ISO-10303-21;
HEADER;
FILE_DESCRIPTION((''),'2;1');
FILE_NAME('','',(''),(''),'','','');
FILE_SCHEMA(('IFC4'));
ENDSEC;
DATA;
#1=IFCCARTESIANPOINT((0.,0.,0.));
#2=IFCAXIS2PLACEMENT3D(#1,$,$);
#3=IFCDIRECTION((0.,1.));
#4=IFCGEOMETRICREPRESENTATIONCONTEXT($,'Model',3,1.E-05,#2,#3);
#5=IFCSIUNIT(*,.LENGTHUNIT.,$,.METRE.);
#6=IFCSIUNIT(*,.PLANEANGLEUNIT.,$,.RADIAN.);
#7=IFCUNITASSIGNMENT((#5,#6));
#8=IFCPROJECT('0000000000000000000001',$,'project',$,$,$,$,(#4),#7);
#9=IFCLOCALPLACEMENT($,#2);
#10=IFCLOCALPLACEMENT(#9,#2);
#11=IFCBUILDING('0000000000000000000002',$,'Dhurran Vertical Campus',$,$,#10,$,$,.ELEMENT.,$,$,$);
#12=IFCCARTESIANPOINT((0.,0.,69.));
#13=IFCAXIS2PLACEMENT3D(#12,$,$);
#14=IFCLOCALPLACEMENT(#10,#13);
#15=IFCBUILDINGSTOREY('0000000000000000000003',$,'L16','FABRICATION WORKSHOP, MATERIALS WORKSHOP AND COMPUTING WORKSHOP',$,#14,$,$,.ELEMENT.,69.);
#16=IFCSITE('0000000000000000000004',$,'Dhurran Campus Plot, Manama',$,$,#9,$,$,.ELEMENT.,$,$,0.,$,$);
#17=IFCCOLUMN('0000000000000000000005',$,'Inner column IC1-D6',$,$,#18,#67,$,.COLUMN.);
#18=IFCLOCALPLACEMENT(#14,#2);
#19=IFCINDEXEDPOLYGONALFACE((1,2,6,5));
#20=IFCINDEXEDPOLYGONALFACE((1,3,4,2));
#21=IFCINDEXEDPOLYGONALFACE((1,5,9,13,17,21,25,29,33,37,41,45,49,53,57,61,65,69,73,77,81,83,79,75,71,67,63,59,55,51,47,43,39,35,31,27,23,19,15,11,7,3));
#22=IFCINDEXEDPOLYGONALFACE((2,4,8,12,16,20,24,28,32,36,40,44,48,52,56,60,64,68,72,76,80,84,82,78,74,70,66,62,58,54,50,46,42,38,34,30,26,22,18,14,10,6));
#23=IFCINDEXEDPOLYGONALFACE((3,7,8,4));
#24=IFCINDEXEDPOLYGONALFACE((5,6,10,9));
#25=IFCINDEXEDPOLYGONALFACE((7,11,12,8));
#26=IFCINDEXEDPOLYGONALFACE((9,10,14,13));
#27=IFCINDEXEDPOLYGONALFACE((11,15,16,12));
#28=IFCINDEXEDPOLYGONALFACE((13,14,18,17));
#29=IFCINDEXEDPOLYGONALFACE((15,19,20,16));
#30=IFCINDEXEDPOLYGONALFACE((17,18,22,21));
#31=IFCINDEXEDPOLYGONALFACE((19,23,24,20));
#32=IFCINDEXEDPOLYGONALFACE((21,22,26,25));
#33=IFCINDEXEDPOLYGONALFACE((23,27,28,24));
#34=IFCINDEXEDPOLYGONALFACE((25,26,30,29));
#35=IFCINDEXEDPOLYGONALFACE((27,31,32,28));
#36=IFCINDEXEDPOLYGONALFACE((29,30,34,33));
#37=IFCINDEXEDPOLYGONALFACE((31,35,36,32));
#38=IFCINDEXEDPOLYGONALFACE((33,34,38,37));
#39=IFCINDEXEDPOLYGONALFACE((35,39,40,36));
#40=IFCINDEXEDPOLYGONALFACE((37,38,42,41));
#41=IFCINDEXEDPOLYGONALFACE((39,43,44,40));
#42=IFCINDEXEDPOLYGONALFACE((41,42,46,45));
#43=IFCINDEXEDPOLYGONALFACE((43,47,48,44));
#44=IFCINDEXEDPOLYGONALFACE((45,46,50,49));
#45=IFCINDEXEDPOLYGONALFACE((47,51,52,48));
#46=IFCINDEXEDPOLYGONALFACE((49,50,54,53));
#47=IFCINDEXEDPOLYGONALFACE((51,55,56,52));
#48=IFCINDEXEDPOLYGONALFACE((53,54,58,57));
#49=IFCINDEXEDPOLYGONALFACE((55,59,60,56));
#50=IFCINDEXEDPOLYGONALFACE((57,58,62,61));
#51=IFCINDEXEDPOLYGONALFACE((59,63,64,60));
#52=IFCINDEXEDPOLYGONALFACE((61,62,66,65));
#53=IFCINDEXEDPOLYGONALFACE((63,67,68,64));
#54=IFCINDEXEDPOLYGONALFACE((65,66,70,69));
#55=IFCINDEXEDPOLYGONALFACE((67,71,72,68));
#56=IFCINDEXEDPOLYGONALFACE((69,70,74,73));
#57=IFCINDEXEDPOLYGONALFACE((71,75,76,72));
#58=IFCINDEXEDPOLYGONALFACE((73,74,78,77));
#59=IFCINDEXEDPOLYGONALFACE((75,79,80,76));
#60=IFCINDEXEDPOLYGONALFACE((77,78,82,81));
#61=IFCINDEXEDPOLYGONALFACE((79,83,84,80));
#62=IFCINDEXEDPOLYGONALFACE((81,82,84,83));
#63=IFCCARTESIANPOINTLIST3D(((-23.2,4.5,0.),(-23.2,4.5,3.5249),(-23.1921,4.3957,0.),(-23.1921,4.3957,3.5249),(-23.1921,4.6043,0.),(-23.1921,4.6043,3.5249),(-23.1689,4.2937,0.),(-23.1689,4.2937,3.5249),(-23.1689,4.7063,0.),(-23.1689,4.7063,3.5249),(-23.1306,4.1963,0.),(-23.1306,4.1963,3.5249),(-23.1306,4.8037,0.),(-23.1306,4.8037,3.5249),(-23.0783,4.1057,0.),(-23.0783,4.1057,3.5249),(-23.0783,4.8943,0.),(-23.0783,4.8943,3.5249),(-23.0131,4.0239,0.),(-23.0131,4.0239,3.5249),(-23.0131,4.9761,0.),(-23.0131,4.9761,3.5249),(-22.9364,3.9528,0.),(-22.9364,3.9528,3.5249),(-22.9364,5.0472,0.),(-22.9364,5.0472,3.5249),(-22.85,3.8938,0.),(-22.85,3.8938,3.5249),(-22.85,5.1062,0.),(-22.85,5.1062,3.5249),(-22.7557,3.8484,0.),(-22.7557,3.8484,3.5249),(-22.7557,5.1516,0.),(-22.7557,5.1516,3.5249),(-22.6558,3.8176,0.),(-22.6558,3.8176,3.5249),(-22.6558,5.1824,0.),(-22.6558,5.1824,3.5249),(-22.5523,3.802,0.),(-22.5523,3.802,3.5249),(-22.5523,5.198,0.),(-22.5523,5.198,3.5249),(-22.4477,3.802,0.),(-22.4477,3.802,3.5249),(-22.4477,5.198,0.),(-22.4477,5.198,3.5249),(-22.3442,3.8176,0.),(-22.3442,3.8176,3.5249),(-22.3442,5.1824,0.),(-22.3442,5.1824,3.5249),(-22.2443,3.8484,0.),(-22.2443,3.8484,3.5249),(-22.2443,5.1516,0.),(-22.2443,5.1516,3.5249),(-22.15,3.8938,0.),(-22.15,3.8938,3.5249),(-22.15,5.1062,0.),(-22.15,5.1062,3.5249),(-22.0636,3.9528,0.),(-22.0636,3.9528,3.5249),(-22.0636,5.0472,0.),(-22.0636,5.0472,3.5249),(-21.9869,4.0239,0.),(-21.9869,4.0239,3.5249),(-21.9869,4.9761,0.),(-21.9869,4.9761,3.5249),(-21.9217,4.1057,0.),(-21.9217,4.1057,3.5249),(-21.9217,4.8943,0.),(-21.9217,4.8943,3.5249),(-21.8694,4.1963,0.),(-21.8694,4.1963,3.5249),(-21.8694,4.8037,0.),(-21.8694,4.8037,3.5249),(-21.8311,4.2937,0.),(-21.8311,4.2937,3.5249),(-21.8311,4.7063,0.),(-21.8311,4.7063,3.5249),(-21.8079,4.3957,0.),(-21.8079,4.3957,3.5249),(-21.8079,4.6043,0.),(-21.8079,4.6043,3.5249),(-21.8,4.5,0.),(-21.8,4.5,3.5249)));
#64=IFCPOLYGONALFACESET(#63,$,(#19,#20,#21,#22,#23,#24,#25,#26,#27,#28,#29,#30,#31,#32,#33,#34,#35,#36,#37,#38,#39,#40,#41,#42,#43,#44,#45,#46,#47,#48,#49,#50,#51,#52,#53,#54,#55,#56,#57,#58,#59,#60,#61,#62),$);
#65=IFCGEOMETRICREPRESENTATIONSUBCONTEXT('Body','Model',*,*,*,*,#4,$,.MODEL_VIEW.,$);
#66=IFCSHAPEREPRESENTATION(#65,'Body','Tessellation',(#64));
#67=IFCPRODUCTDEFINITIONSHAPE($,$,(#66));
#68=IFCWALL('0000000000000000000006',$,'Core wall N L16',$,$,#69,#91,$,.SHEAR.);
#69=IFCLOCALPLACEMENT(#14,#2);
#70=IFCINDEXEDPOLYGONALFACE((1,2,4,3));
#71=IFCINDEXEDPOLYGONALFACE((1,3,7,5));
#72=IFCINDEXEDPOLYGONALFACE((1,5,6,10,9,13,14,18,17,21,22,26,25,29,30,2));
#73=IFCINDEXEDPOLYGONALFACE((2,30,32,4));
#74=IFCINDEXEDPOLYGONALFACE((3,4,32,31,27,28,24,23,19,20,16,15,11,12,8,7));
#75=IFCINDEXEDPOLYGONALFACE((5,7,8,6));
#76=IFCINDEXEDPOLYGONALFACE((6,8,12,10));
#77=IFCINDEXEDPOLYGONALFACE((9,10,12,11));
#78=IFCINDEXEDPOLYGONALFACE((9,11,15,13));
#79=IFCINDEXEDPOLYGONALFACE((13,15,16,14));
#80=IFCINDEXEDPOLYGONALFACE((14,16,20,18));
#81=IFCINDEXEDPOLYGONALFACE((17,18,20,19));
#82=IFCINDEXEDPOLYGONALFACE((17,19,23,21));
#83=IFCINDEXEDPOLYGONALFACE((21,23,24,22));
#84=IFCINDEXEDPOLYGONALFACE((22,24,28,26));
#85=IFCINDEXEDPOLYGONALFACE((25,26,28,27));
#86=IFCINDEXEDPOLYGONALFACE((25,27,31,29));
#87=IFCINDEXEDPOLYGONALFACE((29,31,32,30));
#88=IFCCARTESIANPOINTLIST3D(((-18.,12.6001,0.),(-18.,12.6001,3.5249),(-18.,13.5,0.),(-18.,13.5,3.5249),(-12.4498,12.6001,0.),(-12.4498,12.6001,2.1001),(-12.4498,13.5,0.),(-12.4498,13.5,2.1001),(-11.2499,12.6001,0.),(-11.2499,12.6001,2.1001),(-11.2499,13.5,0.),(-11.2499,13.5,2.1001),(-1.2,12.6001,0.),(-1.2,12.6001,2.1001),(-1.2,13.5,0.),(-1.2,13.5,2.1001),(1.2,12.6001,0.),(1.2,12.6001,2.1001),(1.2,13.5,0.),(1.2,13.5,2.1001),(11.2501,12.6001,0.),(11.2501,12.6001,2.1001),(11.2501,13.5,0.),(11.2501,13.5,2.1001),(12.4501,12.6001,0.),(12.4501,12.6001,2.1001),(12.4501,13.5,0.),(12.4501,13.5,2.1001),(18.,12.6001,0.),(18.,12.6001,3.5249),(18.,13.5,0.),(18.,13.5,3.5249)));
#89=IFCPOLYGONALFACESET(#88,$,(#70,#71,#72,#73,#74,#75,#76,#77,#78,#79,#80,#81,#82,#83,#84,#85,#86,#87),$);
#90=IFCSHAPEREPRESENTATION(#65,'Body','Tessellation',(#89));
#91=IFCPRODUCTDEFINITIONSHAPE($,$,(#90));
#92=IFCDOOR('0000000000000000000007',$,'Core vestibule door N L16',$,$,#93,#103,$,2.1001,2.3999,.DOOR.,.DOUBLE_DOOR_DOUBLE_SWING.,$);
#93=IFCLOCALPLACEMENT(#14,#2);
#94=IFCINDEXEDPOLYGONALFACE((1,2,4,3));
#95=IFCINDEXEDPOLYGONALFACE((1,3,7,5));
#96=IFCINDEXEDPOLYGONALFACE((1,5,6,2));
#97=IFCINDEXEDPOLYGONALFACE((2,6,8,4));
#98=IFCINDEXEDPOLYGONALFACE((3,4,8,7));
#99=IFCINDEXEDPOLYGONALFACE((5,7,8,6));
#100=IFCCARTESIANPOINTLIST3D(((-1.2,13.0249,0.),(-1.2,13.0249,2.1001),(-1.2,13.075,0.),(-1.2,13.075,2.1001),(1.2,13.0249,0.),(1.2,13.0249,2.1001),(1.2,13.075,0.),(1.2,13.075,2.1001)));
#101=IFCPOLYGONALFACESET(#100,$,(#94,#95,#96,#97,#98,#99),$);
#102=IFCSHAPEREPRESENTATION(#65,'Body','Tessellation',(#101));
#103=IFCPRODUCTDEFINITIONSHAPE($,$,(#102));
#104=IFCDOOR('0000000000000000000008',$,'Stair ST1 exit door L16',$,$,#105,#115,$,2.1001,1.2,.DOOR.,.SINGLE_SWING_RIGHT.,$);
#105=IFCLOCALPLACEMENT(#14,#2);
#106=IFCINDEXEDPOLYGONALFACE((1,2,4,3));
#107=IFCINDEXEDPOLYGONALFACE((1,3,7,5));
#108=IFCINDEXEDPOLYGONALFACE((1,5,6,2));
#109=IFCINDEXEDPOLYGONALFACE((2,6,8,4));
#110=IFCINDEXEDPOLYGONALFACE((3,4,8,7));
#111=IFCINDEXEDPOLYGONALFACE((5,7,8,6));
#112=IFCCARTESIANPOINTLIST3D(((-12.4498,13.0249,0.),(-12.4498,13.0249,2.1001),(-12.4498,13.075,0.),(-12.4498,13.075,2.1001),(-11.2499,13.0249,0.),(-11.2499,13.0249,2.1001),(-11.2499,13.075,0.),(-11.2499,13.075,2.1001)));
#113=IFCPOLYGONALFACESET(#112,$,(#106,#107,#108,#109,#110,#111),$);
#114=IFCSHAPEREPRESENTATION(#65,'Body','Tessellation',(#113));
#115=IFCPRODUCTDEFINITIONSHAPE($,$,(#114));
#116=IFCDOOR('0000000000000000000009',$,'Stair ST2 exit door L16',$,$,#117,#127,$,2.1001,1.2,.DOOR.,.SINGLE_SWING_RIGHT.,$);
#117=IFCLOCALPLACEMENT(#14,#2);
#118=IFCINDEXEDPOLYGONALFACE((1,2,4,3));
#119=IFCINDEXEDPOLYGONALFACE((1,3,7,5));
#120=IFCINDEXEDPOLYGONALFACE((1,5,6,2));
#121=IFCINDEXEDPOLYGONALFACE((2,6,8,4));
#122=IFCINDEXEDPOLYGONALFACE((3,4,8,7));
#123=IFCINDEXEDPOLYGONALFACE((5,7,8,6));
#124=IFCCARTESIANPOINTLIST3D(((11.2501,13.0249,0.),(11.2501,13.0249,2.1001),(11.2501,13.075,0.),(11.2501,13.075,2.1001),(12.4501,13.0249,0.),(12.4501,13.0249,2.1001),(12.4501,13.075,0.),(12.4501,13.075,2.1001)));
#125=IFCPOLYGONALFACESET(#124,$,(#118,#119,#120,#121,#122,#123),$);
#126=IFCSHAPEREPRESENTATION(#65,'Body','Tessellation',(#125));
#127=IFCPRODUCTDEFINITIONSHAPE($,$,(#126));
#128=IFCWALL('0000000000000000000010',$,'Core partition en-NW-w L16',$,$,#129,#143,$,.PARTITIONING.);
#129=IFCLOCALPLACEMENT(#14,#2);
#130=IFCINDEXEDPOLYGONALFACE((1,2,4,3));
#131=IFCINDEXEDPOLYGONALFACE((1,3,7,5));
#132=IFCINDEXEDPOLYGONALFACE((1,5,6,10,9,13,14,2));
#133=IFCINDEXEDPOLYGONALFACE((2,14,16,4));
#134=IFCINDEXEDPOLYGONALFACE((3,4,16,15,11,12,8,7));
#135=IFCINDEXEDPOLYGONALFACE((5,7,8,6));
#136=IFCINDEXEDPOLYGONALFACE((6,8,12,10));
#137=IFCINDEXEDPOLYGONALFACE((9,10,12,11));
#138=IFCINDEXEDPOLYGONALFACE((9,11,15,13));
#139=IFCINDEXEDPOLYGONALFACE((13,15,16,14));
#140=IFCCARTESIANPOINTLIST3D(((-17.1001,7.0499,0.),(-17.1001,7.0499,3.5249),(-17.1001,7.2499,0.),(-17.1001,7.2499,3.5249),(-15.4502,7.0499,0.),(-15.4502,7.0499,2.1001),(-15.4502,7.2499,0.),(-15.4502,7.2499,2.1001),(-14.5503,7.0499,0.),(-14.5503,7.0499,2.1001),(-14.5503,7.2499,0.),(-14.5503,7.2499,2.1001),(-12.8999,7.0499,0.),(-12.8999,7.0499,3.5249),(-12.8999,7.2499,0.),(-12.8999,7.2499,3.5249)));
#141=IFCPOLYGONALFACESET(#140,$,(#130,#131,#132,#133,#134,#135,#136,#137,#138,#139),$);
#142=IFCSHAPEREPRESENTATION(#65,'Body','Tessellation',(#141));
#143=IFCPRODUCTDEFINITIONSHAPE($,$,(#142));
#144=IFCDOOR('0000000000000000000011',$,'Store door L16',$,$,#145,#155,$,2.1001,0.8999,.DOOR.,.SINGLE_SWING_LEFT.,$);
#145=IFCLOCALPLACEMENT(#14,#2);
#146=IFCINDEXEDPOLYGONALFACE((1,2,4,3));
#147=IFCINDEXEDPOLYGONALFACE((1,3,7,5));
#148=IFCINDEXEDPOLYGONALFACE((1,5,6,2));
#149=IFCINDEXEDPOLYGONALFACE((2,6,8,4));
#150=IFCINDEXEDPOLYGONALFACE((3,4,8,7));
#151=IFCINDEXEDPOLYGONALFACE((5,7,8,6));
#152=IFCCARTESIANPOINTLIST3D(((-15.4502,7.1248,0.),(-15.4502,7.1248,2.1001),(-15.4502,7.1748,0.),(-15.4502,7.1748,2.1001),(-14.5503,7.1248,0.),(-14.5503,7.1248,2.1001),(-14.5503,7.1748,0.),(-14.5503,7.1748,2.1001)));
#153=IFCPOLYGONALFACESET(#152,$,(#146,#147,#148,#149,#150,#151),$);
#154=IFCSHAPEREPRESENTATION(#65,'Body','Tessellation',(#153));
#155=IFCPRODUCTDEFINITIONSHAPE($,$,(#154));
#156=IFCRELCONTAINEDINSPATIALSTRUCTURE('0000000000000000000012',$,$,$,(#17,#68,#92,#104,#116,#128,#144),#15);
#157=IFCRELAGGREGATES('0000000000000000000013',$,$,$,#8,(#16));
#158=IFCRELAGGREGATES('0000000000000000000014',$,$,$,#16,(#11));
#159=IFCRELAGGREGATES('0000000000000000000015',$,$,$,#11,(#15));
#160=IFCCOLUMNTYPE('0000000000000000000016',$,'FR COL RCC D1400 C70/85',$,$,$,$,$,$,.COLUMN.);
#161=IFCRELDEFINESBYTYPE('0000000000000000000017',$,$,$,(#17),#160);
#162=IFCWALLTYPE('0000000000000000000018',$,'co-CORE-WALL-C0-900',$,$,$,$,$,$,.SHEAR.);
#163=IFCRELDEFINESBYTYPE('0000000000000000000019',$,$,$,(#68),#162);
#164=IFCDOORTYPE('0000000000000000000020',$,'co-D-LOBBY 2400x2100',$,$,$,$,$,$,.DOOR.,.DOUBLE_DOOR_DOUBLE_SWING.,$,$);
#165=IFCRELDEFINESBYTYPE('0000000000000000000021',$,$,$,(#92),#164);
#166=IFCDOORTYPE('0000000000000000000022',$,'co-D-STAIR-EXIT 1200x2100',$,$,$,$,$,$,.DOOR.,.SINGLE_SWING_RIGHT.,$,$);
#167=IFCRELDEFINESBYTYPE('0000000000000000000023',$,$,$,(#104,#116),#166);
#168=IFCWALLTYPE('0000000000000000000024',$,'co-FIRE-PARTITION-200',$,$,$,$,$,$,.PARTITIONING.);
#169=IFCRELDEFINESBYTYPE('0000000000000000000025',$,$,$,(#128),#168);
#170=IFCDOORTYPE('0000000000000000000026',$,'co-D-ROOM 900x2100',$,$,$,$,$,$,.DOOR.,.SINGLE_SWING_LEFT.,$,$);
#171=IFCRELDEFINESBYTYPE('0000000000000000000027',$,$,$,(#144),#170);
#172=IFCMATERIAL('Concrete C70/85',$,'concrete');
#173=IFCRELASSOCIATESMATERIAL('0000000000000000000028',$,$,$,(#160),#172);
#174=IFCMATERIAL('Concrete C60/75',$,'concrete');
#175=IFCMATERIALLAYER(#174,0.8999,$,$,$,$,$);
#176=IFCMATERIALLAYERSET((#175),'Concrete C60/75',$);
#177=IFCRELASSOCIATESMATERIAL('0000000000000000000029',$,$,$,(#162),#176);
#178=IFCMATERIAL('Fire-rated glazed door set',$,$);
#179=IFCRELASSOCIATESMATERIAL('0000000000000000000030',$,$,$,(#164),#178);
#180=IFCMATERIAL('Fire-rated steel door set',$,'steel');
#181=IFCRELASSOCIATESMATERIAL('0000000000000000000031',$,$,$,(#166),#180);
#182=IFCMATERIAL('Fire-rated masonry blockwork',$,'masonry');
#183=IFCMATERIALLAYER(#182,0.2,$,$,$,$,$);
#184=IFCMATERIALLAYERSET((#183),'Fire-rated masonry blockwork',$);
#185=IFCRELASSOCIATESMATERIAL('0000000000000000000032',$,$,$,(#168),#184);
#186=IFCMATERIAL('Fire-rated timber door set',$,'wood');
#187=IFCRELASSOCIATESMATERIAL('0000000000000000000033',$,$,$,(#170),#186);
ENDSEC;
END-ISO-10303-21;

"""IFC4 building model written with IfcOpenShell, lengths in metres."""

from ifc_helpers import new_model, si_unit, direction, frame, frame_2d, origin, origin_2d, place, context, subcontext, project, spatial, rectangle, circle, extrude, material, layer, layer_set, material_profile, profile_set, type_object, element, fill, save


model = new_model("IFC4")

# Units and contexts
model_context = context("Model", 3, precision=1e-05, world=origin(), true_north=direction((0.0, 1.0)))
body_context = subcontext(model_context, "Body", "Model", "MODEL_VIEW")
ifc_project = project(units=[si_unit("LENGTHUNIT", "METRE"), si_unit("PLANEANGLEUNIT", "RADIAN")], contexts=[model_context])

# Site, building, storey
site_placement = place(None, origin())
site = spatial("IfcSite", under=ifc_project, at=site_placement, Name="Dhurran Campus Plot, Manama", CompositionType="ELEMENT", RefElevation=0.0)
building_placement = place(site_placement, origin())
building = spatial("IfcBuilding", under=site, at=building_placement, Name="Dhurran Vertical Campus", CompositionType="ELEMENT")
storey_placement = place(building_placement, frame((0.0, 0.0, 69.0)))
storey = spatial("IfcBuildingStorey", under=building, at=storey_placement, Name="L16", Description="FABRICATION WORKSHOP, MATERIALS WORKSHOP AND COMPUTING WORKSHOP", CompositionType="ELEMENT", Elevation=69.0)

# Column
ifc_material_1 = material(Name="Concrete C70/85", Category="concrete")
ifc_material_profile = material_profile(ifc_material_1, circle(Radius=0.7, at=origin_2d()), Name="RCC D1400")
ifc_profile_set = profile_set([ifc_material_profile], Name="Concrete C70/85")
column_type = type_object("IfcColumnType", Name="FR COL RCC D1400 C70/85", PredefinedType="COLUMN", material=ifc_profile_set)
column_placement = place(storey_placement, frame((-22.5, 4.5, 0.0), z_axis=(0.0, 0.0, 1.0), x_axis=(1.0, 0.0, 0.0)))
element("IfcColumn", 1, at=column_placement, inside=storey, type_object=column_type, Name="Inner column IC1-D6", PredefinedType="COLUMN", context=body_context, shape_type="SweptSolid", body=[
    extrude(circle(Radius=0.7, at=origin_2d()), origin(), (0.0, 0.0, 1.0), 3.5249),
])

# Wall, openings, doors
ifc_material_2 = material(Name="Concrete C60/75", Category="concrete")
ifc_layer_1 = layer(ifc_material_2, 0.8999)
ifc_layer_set_1 = layer_set([ifc_layer_1], Name="Concrete C60/75")
wall_type_1 = type_object("IfcWallType", Name="co-CORE-WALL-C0-900", PredefinedType="SHEAR", material=ifc_layer_set_1)
wall_1_placement = place(storey_placement, frame((-18.0, 13.05, 0.0), z_axis=(0.0, 0.0, 1.0), x_axis=(1.0, 0.0, 0.0)))
wall_1 = element("IfcWall", 2, at=wall_1_placement, inside=storey, type_object=wall_type_1, Name="Core wall N L16", PredefinedType="SHEAR", context=body_context, shape_type="SweptSolid", body=[
    extrude(rectangle(XDim=36.0, YDim=0.8999, at=frame_2d((18.0, 0.0))), origin(), (0.0, 0.0, 1.0), 3.5249),
])
opening_1_placement = place(wall_1_placement, frame((16.8, 0.0, 0.0)))
opening_1 = element("IfcOpeningElement", 3, at=opening_1_placement, cuts=wall_1, PredefinedType="OPENING", context=body_context, shape_type="SweptSolid", body=[
    extrude(rectangle(XDim=2.3999, YDim=2.1001, at=frame_2d((1.2, 1.05))), frame((0.0, 0.46, 0.0), z_axis=(0.0, -1.0, 0.0), x_axis=(1.0, 0.0, 0.0)), (0.0, 0.0, 1.0), 0.9199),
])
opening_2_placement = place(wall_1_placement, frame((5.55, 0.0, 0.0)))
opening_2 = element("IfcOpeningElement", 4, at=opening_2_placement, cuts=wall_1, PredefinedType="OPENING", context=body_context, shape_type="SweptSolid", body=[
    extrude(rectangle(XDim=1.2, YDim=2.1001, at=frame_2d((0.6001, 1.05))), frame((0.0, 0.46, 0.0), z_axis=(0.0, -1.0, 0.0), x_axis=(1.0, 0.0, 0.0)), (0.0, 0.0, 1.0), 0.9199),
])
opening_3_placement = place(wall_1_placement, frame((29.25, 0.0, 0.0)))
opening_3 = element("IfcOpeningElement", 5, at=opening_3_placement, cuts=wall_1, PredefinedType="OPENING", context=body_context, shape_type="SweptSolid", body=[
    extrude(rectangle(XDim=1.2, YDim=2.1001, at=frame_2d((0.6001, 1.05))), frame((0.0, 0.46, 0.0), z_axis=(0.0, -1.0, 0.0), x_axis=(1.0, 0.0, 0.0)), (0.0, 0.0, 1.0), 0.9199),
])
ifc_material_3 = material(Name="Fire-rated glazed door set")
door_type_1 = type_object("IfcDoorType", Name="co-D-LOBBY 2400x2100", OperationType="DOUBLE_DOOR_DOUBLE_SWING", PredefinedType="DOOR", material=ifc_material_3)
door_1_placement = place(opening_1_placement, origin())
door_1 = element("IfcDoor", 6, at=door_1_placement, inside=storey, type_object=door_type_1, Name="Core vestibule door N L16", OperationType="DOUBLE_DOOR_DOUBLE_SWING", OverallHeight=2.1001, OverallWidth=2.3999, PredefinedType="DOOR", context=body_context, shape_type="SweptSolid", body=[
    extrude(rectangle(XDim=2.3999, YDim=2.1001, at=frame_2d((1.2, 1.05))), frame((0.0, 0.0249, 0.0), z_axis=(0.0, -1.0, 0.0), x_axis=(1.0, 0.0, 0.0)), (0.0, 0.0, 1.0), 0.05),
])
fill(opening_1, door_1)
ifc_material_4 = material(Name="Fire-rated steel door set", Category="steel")
door_type_2 = type_object("IfcDoorType", Name="co-D-STAIR-EXIT 1200x2100", OperationType="SINGLE_SWING_RIGHT", PredefinedType="DOOR", material=ifc_material_4)
door_2_placement = place(opening_2_placement, origin())
door_2 = element("IfcDoor", 7, at=door_2_placement, inside=storey, type_object=door_type_2, Name="Stair ST1 exit door L16", OperationType="SINGLE_SWING_RIGHT", OverallHeight=2.1001, OverallWidth=1.2, PredefinedType="DOOR", context=body_context, shape_type="SweptSolid", body=[
    extrude(rectangle(XDim=1.2, YDim=2.1001, at=frame_2d((0.6001, 1.05))), frame((0.0, 0.0249, 0.0), z_axis=(0.0, -1.0, 0.0), x_axis=(1.0, 0.0, 0.0)), (0.0, 0.0, 1.0), 0.05),
])
fill(opening_2, door_2)
door_3_placement = place(opening_3_placement, origin())
door_3 = element("IfcDoor", 8, at=door_3_placement, inside=storey, type_object=door_type_2, Name="Stair ST2 exit door L16", OperationType="SINGLE_SWING_RIGHT", OverallHeight=2.1001, OverallWidth=1.2, PredefinedType="DOOR", context=body_context, shape_type="SweptSolid", body=[
    extrude(rectangle(XDim=1.2, YDim=2.1001, at=frame_2d((0.6001, 1.05))), frame((0.0, 0.0249, 0.0), z_axis=(0.0, -1.0, 0.0), x_axis=(1.0, 0.0, 0.0)), (0.0, 0.0, 1.0), 0.05),
])
fill(opening_3, door_3)

# Wall, opening, door
ifc_material_5 = material(Name="Fire-rated masonry blockwork", Category="masonry")
ifc_layer_2 = layer(ifc_material_5, 0.2)
ifc_layer_set_2 = layer_set([ifc_layer_2], Name="Fire-rated masonry blockwork")
wall_type_2 = type_object("IfcWallType", Name="co-FIRE-PARTITION-200", PredefinedType="PARTITIONING", material=ifc_layer_set_2)
wall_2_placement = place(storey_placement, frame((-17.1001, 7.1499, 0.0), z_axis=(0.0, 0.0, 1.0), x_axis=(1.0, 0.0, 0.0)))
wall_2 = element("IfcWall", 9, at=wall_2_placement, inside=storey, type_object=wall_type_2, Name="Core partition en-NW-w L16", PredefinedType="PARTITIONING", context=body_context, shape_type="SweptSolid", body=[
    extrude(rectangle(XDim=4.2002, YDim=0.2, at=frame_2d((2.1001, 0.0))), origin(), (0.0, 0.0, 1.0), 3.5249),
])
opening_4_placement = place(wall_2_placement, frame((1.6499, 0.0, 0.0)))
opening_4 = element("IfcOpeningElement", 10, at=opening_4_placement, cuts=wall_2, PredefinedType="OPENING", context=body_context, shape_type="SweptSolid", body=[
    extrude(rectangle(XDim=0.8999, YDim=2.1001, at=frame_2d((0.45, 1.05))), frame((0.0, 0.1099, 0.0), z_axis=(0.0, -1.0, 0.0), x_axis=(1.0, 0.0, 0.0)), (0.0, 0.0, 1.0), 0.22),
])
ifc_material_6 = material(Name="Fire-rated timber door set", Category="wood")
door_type_3 = type_object("IfcDoorType", Name="co-D-ROOM 900x2100", OperationType="SINGLE_SWING_LEFT", PredefinedType="DOOR", material=ifc_material_6)
door_4_placement = place(opening_4_placement, origin())
door_4 = element("IfcDoor", 11, at=door_4_placement, inside=storey, type_object=door_type_3, Name="Store door L16", OperationType="SINGLE_SWING_LEFT", OverallHeight=2.1001, OverallWidth=0.8999, PredefinedType="DOOR", context=body_context, shape_type="SweptSolid", body=[
    extrude(rectangle(XDim=0.8999, YDim=2.1001, at=frame_2d((0.45, 1.05))), frame((0.0, 0.0249, 0.0), z_axis=(0.0, -1.0, 0.0), x_axis=(1.0, 0.0, 0.0)), (0.0, 0.0, 1.0), 0.05),
])
fill(opening_4, door_4)

save(model, "model.ifc")
